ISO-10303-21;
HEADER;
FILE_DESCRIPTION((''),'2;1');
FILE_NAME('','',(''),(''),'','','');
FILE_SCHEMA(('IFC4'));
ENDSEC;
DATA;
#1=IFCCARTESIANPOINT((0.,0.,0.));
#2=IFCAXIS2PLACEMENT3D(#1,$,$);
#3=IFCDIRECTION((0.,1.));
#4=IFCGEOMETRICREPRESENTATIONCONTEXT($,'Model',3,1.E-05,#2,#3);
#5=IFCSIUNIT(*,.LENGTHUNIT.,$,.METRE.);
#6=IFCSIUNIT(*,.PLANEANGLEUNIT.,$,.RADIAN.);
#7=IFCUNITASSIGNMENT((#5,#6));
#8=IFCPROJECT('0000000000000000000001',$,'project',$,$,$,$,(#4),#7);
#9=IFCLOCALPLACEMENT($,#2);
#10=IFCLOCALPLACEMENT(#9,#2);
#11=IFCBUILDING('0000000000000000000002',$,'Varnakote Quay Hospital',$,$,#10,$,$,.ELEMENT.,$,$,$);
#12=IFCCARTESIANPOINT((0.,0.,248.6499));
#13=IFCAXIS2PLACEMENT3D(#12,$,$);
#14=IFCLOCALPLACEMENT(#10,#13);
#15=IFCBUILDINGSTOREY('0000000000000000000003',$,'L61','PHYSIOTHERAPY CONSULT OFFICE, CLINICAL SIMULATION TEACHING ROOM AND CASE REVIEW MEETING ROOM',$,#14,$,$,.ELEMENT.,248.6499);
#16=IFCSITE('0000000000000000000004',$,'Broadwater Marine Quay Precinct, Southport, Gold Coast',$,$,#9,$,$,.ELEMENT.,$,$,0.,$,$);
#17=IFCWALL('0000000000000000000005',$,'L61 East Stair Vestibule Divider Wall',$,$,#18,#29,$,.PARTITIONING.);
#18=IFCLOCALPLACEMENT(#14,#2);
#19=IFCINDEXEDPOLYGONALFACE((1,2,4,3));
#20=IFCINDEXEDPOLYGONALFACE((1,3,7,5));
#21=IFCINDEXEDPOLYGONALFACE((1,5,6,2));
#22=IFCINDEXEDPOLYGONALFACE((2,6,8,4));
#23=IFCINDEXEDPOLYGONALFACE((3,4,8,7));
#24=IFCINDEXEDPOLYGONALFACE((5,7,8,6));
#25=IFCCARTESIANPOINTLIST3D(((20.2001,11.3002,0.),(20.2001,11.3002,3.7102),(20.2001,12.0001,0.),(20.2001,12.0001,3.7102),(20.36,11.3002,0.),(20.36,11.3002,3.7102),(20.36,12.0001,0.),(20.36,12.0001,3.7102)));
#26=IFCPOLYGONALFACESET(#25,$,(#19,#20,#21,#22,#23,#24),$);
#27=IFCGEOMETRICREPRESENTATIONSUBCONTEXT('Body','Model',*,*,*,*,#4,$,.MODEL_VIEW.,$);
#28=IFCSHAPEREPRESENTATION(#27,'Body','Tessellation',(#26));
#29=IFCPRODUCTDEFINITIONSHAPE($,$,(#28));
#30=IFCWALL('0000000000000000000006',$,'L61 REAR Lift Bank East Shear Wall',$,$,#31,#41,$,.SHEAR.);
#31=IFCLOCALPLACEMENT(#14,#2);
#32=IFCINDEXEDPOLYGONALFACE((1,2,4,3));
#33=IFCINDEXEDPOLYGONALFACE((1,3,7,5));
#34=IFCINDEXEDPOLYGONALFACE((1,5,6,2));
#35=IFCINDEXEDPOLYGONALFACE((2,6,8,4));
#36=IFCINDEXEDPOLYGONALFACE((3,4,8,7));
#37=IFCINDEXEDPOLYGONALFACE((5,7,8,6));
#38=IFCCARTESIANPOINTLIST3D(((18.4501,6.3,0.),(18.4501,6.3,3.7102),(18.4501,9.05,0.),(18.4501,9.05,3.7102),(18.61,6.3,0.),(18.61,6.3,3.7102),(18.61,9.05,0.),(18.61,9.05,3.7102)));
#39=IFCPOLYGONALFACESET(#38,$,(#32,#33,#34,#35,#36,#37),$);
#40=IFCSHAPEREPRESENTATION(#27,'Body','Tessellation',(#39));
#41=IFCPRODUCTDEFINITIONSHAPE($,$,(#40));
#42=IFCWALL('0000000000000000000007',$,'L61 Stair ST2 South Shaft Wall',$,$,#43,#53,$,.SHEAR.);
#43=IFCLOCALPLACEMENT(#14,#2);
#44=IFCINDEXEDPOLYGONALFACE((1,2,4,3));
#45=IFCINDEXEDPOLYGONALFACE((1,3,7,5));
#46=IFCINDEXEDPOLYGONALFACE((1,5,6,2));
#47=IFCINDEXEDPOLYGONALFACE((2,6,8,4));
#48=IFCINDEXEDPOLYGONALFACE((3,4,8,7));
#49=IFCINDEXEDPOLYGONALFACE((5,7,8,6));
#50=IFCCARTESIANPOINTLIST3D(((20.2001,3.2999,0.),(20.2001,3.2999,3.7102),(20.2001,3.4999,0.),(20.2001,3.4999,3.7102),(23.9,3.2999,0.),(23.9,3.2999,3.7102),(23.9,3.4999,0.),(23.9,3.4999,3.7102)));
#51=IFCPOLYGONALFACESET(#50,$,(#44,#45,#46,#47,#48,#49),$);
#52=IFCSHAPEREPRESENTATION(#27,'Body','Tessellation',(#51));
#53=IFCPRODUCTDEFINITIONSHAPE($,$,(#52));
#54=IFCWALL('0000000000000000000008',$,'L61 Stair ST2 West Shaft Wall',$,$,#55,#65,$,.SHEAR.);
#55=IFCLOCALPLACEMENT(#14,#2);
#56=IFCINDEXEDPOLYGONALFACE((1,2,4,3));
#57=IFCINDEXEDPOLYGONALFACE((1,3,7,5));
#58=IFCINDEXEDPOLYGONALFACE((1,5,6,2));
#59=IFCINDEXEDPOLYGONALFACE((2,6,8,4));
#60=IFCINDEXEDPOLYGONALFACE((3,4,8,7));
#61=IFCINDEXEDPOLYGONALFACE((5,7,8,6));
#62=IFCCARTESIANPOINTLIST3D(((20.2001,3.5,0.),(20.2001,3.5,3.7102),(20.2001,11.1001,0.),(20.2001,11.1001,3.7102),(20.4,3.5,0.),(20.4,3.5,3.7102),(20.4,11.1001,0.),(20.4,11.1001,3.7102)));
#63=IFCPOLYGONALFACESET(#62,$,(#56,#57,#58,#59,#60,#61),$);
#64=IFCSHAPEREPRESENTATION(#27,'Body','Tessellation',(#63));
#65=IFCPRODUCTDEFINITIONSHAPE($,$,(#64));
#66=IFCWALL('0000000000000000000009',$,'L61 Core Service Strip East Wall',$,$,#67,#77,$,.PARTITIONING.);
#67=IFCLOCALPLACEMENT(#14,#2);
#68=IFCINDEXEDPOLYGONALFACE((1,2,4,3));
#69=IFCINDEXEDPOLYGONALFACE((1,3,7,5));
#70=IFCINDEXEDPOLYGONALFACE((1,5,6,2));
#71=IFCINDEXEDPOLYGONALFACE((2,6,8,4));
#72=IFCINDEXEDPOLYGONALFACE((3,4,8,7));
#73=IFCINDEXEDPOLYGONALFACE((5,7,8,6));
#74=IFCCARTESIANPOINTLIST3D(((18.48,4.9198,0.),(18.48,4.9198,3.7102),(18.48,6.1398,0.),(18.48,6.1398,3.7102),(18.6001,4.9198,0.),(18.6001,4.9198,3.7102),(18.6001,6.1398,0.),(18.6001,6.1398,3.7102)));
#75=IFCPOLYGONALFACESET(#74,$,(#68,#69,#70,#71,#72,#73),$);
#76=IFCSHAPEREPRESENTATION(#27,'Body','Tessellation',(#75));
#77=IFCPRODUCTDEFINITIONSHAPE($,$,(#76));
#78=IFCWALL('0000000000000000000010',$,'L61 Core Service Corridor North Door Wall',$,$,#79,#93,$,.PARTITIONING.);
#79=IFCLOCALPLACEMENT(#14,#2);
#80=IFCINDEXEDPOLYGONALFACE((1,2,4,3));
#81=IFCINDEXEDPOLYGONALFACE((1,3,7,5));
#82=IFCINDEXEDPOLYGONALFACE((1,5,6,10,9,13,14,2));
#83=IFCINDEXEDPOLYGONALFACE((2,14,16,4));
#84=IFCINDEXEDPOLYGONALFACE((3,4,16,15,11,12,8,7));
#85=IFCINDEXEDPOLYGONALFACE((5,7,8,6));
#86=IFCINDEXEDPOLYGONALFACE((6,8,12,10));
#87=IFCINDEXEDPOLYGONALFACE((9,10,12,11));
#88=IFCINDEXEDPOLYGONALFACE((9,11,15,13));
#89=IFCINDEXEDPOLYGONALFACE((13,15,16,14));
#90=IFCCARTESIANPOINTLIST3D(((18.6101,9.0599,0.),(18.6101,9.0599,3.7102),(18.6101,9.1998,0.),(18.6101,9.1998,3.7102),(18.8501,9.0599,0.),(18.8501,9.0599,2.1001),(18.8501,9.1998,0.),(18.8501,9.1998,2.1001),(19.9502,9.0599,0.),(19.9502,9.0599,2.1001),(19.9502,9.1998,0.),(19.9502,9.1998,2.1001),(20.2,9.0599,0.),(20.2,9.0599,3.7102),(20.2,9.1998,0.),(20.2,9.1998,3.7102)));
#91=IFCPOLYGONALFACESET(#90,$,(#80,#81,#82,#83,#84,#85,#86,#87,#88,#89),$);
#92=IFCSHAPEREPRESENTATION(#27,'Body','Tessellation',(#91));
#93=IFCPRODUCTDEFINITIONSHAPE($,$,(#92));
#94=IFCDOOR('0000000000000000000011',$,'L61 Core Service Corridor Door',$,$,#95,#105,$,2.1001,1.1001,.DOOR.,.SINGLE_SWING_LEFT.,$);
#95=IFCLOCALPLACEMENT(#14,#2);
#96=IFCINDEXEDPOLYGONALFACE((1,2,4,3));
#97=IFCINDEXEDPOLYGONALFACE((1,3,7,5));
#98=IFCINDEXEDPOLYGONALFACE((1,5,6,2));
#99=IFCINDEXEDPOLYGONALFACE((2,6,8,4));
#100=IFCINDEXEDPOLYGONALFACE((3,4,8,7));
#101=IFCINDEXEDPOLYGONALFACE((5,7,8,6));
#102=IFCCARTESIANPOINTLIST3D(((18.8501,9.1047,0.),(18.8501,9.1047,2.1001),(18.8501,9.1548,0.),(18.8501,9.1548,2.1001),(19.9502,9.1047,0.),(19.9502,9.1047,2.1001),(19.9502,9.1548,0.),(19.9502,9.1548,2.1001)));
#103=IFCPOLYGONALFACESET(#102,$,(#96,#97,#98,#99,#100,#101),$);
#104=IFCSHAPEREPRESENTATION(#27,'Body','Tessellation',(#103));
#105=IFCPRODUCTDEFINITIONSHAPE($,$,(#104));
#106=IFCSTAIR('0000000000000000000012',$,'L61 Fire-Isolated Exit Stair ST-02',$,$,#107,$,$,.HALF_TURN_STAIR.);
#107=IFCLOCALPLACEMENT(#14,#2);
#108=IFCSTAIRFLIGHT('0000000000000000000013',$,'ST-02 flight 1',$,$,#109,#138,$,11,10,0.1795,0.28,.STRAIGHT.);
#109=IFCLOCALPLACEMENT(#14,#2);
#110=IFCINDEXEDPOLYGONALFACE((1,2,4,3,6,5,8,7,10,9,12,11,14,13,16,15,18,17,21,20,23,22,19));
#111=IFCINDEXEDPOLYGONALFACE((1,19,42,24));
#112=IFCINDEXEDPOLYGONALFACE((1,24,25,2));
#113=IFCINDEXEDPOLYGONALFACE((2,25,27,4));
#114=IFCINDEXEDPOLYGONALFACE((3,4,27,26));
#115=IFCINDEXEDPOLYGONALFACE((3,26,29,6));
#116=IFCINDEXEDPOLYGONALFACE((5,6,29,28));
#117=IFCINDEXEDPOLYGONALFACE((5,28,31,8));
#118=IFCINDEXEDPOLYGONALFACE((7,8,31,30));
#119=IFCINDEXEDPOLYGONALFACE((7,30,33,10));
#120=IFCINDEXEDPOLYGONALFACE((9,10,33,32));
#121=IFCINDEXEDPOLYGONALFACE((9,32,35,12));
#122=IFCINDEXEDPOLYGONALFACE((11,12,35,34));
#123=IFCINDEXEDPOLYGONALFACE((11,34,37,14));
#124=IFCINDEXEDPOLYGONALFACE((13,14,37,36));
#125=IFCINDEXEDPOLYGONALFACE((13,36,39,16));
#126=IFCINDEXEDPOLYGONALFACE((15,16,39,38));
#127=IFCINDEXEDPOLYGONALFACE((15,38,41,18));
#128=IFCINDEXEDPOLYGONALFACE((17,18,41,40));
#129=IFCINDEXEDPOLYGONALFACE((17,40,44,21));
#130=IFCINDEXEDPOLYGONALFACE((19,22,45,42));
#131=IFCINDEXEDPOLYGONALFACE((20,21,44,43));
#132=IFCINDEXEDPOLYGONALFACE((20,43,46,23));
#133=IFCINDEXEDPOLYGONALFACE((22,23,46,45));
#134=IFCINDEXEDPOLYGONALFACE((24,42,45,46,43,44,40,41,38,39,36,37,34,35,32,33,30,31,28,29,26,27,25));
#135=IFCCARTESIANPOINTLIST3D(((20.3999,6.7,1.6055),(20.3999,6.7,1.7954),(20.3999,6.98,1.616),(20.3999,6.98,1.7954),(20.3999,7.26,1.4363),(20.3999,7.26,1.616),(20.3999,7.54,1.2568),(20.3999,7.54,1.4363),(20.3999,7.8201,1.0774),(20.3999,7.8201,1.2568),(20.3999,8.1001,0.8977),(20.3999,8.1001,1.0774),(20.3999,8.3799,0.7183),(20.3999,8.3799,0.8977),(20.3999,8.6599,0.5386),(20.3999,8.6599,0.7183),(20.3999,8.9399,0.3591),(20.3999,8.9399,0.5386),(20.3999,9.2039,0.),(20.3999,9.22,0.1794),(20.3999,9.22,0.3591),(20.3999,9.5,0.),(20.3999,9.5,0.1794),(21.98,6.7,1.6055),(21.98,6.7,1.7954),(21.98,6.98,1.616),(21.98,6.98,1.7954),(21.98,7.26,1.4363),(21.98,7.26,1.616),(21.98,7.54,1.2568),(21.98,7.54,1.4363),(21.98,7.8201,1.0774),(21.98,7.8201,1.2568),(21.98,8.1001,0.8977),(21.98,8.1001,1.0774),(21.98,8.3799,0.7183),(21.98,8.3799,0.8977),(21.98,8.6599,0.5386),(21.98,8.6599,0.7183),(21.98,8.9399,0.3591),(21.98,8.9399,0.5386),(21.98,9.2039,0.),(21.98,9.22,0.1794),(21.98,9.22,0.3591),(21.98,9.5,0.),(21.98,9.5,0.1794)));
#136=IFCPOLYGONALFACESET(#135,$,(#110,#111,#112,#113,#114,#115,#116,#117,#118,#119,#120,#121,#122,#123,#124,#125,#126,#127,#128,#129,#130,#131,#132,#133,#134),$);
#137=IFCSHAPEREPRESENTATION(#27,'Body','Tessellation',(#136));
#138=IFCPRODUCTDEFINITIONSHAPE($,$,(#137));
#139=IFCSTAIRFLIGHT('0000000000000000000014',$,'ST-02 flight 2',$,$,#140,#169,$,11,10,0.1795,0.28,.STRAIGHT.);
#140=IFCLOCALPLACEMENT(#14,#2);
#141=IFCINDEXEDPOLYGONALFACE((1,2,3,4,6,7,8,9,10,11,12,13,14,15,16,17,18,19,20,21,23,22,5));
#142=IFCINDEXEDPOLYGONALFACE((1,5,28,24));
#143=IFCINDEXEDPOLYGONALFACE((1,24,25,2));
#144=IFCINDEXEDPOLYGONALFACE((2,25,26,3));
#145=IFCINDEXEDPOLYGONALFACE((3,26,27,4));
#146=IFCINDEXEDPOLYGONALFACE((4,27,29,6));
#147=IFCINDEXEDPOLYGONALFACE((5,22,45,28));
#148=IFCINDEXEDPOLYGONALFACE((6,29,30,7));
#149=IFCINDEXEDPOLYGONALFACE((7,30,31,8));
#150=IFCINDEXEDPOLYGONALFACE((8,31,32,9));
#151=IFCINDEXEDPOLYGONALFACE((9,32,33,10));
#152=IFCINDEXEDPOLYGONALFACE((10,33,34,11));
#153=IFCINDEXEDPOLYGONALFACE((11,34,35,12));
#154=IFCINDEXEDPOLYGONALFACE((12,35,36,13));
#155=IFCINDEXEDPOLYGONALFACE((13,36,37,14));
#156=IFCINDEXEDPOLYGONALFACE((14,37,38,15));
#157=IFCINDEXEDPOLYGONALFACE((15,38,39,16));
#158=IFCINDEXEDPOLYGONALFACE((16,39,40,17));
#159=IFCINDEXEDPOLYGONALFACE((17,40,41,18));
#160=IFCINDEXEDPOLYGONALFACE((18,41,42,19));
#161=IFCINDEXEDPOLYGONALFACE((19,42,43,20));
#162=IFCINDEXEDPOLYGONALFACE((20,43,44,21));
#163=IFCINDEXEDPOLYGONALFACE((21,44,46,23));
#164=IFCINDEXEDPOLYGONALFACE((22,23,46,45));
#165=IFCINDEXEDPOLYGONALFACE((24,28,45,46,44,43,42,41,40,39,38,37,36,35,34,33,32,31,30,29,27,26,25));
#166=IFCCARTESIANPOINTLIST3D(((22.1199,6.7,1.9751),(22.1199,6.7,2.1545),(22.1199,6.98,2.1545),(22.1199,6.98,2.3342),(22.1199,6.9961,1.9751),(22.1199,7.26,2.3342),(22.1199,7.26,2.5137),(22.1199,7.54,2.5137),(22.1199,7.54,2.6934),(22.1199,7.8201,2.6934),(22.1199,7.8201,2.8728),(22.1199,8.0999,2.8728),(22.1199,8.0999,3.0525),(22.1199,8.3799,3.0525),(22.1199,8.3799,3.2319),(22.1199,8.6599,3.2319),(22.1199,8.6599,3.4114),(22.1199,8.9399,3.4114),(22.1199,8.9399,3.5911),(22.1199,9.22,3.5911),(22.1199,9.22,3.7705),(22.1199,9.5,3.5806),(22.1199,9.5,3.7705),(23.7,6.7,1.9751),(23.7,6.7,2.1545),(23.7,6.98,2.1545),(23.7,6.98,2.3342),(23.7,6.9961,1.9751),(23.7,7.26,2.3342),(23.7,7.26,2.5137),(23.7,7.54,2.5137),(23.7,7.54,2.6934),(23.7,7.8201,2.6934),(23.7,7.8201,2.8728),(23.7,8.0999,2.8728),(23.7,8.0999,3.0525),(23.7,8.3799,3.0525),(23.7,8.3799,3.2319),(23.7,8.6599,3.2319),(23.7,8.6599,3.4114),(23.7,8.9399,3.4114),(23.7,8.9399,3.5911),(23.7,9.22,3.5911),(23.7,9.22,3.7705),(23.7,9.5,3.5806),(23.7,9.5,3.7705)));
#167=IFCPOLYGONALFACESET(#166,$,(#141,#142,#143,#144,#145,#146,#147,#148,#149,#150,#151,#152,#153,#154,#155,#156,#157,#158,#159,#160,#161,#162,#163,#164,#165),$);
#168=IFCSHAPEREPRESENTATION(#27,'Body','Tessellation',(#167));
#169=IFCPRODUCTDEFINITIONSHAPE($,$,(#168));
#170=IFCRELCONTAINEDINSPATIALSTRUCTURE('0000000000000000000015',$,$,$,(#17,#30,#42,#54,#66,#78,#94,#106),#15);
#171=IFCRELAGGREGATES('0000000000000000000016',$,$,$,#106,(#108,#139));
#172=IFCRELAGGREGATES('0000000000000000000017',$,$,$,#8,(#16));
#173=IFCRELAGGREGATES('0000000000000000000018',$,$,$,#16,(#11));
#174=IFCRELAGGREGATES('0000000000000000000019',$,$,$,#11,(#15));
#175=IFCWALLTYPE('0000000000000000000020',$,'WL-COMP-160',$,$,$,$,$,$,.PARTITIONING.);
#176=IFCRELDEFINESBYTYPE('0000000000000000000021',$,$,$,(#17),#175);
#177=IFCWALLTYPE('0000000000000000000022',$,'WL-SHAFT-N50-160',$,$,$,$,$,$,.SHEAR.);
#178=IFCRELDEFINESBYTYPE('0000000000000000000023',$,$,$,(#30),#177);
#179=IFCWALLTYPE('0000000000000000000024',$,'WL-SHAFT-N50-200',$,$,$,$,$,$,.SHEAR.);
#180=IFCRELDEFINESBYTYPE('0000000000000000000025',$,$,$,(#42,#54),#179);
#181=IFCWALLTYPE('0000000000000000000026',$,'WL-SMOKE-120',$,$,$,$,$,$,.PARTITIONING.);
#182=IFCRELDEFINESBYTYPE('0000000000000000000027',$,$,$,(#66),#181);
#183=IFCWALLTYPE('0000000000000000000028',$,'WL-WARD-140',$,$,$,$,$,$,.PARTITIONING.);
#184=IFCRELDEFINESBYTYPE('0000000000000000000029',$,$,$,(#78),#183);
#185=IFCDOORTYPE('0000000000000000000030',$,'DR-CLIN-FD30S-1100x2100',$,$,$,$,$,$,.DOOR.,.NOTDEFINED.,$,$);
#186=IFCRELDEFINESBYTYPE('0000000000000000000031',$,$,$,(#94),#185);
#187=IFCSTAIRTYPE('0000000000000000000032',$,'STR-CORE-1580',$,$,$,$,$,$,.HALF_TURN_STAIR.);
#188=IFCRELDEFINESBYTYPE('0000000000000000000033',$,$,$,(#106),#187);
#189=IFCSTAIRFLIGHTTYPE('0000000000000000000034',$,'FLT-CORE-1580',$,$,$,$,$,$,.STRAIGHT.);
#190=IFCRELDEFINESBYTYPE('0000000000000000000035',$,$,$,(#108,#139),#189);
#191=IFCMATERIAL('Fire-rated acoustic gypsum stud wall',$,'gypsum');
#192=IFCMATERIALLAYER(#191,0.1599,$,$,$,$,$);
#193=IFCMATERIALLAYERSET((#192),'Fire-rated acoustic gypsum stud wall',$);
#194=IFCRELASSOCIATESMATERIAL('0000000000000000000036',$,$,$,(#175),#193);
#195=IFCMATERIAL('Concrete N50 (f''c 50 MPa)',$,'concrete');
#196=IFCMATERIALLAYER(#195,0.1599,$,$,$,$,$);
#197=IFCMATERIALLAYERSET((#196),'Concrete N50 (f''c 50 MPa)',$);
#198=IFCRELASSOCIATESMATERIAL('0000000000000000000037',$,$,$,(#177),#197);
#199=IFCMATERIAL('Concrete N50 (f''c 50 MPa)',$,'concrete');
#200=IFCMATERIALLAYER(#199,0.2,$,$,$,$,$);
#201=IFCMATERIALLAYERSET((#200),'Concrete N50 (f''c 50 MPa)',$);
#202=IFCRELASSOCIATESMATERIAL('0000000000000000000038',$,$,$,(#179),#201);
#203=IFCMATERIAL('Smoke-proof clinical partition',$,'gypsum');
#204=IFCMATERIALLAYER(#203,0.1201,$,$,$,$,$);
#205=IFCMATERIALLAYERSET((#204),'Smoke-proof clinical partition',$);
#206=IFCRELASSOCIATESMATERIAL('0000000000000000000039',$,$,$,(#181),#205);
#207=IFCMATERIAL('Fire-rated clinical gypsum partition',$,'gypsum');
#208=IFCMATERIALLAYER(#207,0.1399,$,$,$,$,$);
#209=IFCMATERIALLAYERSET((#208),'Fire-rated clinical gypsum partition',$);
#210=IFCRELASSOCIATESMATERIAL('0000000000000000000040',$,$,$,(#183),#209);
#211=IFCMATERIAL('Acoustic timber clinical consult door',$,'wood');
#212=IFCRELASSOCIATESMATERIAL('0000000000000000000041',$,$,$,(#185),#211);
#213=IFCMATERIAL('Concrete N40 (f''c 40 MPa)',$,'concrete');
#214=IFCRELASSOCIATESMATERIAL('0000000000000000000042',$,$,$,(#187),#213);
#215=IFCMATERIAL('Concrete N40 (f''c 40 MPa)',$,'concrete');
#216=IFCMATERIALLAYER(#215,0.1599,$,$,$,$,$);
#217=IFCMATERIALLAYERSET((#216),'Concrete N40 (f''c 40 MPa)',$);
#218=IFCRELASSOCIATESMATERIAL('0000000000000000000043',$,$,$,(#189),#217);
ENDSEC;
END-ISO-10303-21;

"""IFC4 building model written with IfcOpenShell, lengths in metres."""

from ifc_helpers import new_model, si_unit, direction, frame, frame_2d, origin, place, context, subcontext, project, spatial, polyline, rectangle, outline, extrude, material, layer, layer_set, type_object, element, fill, aggregate, save


model = new_model("IFC4")

# Units and contexts
model_context = context("Model", 3, precision=1e-05, world=origin(), true_north=direction((0.0, 1.0)))
body_context = subcontext(model_context, "Body", "Model", "MODEL_VIEW")
ifc_project = project(units=[si_unit("LENGTHUNIT", "METRE"), si_unit("PLANEANGLEUNIT", "RADIAN")], contexts=[model_context])

# Site, building, storey
site_placement = place(None, origin())
site = spatial("IfcSite", under=ifc_project, at=site_placement, Name="Broadwater Marine Quay Precinct, Southport, Gold Coast", CompositionType="ELEMENT", RefElevation=0.0)
building_placement = place(site_placement, origin())
building = spatial("IfcBuilding", under=site, at=building_placement, Name="Varnakote Quay Hospital", CompositionType="ELEMENT")
storey_placement = place(building_placement, frame((0.0, 0.0, 248.6499)))
storey = spatial("IfcBuildingStorey", under=building, at=storey_placement, Name="L61", Description="PHYSIOTHERAPY CONSULT OFFICE, CLINICAL SIMULATION TEACHING ROOM AND CASE REVIEW MEETING ROOM", CompositionType="ELEMENT", Elevation=248.6499)

# Walls
ifc_material_1 = material(Name="Fire-rated acoustic gypsum stud wall", Category="gypsum")
ifc_layer_1 = layer(ifc_material_1, 0.1599)
ifc_layer_set_1 = layer_set([ifc_layer_1], Name="Fire-rated acoustic gypsum stud wall")
wall_type_1 = type_object("IfcWallType", Name="WL-COMP-160", PredefinedType="PARTITIONING", material=ifc_layer_set_1)
wall_1_placement = place(storey_placement, frame((20.28, 11.3, 0.0), z_axis=(0.0, 0.0, 1.0), x_axis=(0.0, 1.0, 0.0)))
element("IfcWall", 1, at=wall_1_placement, inside=storey, type_object=wall_type_1, Name="L61 East Stair Vestibule Divider Wall", PredefinedType="PARTITIONING", context=body_context, shape_type="SweptSolid", body=[
    extrude(rectangle(XDim=0.7, YDim=0.1599, at=frame_2d((0.3501, 0.0))), origin(), (0.0, 0.0, 1.0), 3.7102),
])
ifc_material_2 = material(Name="Concrete N50 (f'c 50 MPa)", Category="concrete")
ifc_layer_2 = layer(ifc_material_2, 0.1599)
ifc_layer_set_2 = layer_set([ifc_layer_2], Name="Concrete N50 (f'c 50 MPa)")
wall_type_2 = type_object("IfcWallType", Name="WL-SHAFT-N50-160", PredefinedType="SHEAR", material=ifc_layer_set_2)
wall_2_placement = place(storey_placement, frame((18.53, 6.3, 0.0), z_axis=(0.0, 0.0, 1.0), x_axis=(0.0, 1.0, 0.0)))
element("IfcWall", 2, at=wall_2_placement, inside=storey, type_object=wall_type_2, Name="L61 REAR Lift Bank East Shear Wall", PredefinedType="SHEAR", context=body_context, shape_type="SweptSolid", body=[
    extrude(rectangle(XDim=2.75, YDim=0.1599, at=frame_2d((1.375, 0.0))), origin(), (0.0, 0.0, 1.0), 3.7102),
])

# Walls
ifc_material_3 = material(Name="Concrete N50 (f'c 50 MPa)", Category="concrete")
ifc_layer_3 = layer(ifc_material_3, 0.2)
ifc_layer_set_3 = layer_set([ifc_layer_3], Name="Concrete N50 (f'c 50 MPa)")
wall_type_3 = type_object("IfcWallType", Name="WL-SHAFT-N50-200", PredefinedType="SHEAR", material=ifc_layer_set_3)
wall_3_placement = place(storey_placement, frame((20.2, 3.3999, 0.0), z_axis=(0.0, 0.0, 1.0), x_axis=(1.0, 0.0, 0.0)))
element("IfcWall", 3, at=wall_3_placement, inside=storey, type_object=wall_type_3, Name="L61 Stair ST2 South Shaft Wall", PredefinedType="SHEAR", context=body_context, shape_type="SweptSolid", body=[
    extrude(rectangle(XDim=3.7, YDim=0.2, at=frame_2d((1.8501, 0.0))), origin(), (0.0, 0.0, 1.0), 3.7102),
])
wall_4_placement = place(storey_placement, frame((20.3, 3.5, 0.0), z_axis=(0.0, 0.0, 1.0), x_axis=(0.0, 1.0, 0.0)))
element("IfcWall", 4, at=wall_4_placement, inside=storey, type_object=wall_type_3, Name="L61 Stair ST2 West Shaft Wall", PredefinedType="SHEAR", context=body_context, shape_type="SweptSolid", body=[
    extrude(rectangle(XDim=7.6001, YDim=0.2, at=frame_2d((3.8, 0.0))), origin(), (0.0, 0.0, 1.0), 3.7102),
])

# Wall
ifc_material_4 = material(Name="Smoke-proof clinical partition", Category="gypsum")
ifc_layer_4 = layer(ifc_material_4, 0.1201)
ifc_layer_set_4 = layer_set([ifc_layer_4], Name="Smoke-proof clinical partition")
wall_type_4 = type_object("IfcWallType", Name="WL-SMOKE-120", PredefinedType="PARTITIONING", material=ifc_layer_set_4)
wall_5_placement = place(storey_placement, frame((18.54, 4.9199, 0.0), z_axis=(0.0, 0.0, 1.0), x_axis=(0.0, 1.0, 0.0)))
element("IfcWall", 5, at=wall_5_placement, inside=storey, type_object=wall_type_4, Name="L61 Core Service Strip East Wall", PredefinedType="PARTITIONING", context=body_context, shape_type="SweptSolid", body=[
    extrude(rectangle(XDim=1.22, YDim=0.1201, at=frame_2d((0.6099, 0.0))), origin(), (0.0, 0.0, 1.0), 3.7102),
])

# Wall, opening, door
ifc_material_5 = material(Name="Fire-rated clinical gypsum partition", Category="gypsum")
ifc_layer_5 = layer(ifc_material_5, 0.1399)
ifc_layer_set_5 = layer_set([ifc_layer_5], Name="Fire-rated clinical gypsum partition")
wall_type_5 = type_object("IfcWallType", Name="WL-WARD-140", PredefinedType="PARTITIONING", material=ifc_layer_set_5)
wall_6_placement = place(storey_placement, frame((18.6101, 9.1299, 0.0), z_axis=(0.0, 0.0, 1.0), x_axis=(1.0, 0.0, 0.0)))
wall_6 = element("IfcWall", 6, at=wall_6_placement, inside=storey, type_object=wall_type_5, Name="L61 Core Service Corridor North Door Wall", PredefinedType="PARTITIONING", context=body_context, shape_type="SweptSolid", body=[
    extrude(rectangle(XDim=1.5898, YDim=0.1399, at=frame_2d((0.7949, 0.0))), origin(), (0.0, 0.0, 1.0), 3.7102),
])
opening_1_placement = place(wall_6_placement, frame((0.24, 0.0, 0.0)))
opening_1 = element("IfcOpeningElement", 7, at=opening_1_placement, cuts=wall_6, PredefinedType="OPENING", context=body_context, shape_type="SweptSolid", body=[
    extrude(rectangle(XDim=1.1001, YDim=2.1001, at=frame_2d((0.55, 1.05))), frame((0.0, 0.0798, 0.0), z_axis=(0.0, -1.0, 0.0), x_axis=(1.0, 0.0, 0.0)), (0.0, 0.0, 1.0), 0.1599),
])
ifc_material_6 = material(Name="Acoustic timber clinical consult door", Category="wood")
door_type_1 = type_object("IfcDoorType", Name="DR-CLIN-FD30S-1100x2100", OperationType="NOTDEFINED", PredefinedType="DOOR", material=ifc_material_6)
door_1_placement = place(opening_1_placement, origin())
door_1 = element("IfcDoor", 8, at=door_1_placement, inside=storey, type_object=door_type_1, Name="L61 Core Service Corridor Door", OperationType="SINGLE_SWING_LEFT", OverallHeight=2.1001, OverallWidth=1.1001, PredefinedType="DOOR", context=body_context, shape_type="SweptSolid", body=[
    extrude(rectangle(XDim=1.1001, YDim=2.1001, at=frame_2d((0.55, 1.05))), frame((0.0, 0.0249, 0.0), z_axis=(0.0, -1.0, 0.0), x_axis=(1.0, 0.0, 0.0)), (0.0, 0.0, 1.0), 0.05),
])
fill(opening_1, door_1)

# Stair, stair flights
ifc_material_7 = material(Name="Concrete N40 (f'c 40 MPa)", Category="concrete")
stair_type = type_object("IfcStairType", Name="STR-CORE-1580", PredefinedType="HALF_TURN_STAIR", material=ifc_material_7)
stair_placement = place(storey_placement, origin())
stair = element("IfcStair", 9, at=stair_placement, inside=storey, type_object=stair_type, Name="L61 Fire-Isolated Exit Stair ST-02", PredefinedType="HALF_TURN_STAIR")
ifc_material_8 = material(Name="Concrete N40 (f'c 40 MPa)", Category="concrete")
ifc_layer_6 = layer(ifc_material_8, 0.1599)
ifc_layer_set_6 = layer_set([ifc_layer_6], Name="Concrete N40 (f'c 40 MPa)")
stair_flight_type = type_object("IfcStairFlightType", Name="FLT-CORE-1580", PredefinedType="STRAIGHT", material=ifc_layer_set_6)
stair_flight_1_placement = place(storey_placement, frame((21.1899, 9.5, 0.0), z_axis=(0.0, 0.0, 1.0), x_axis=(0.0, -1.0, 0.0)))
stair_flight_1 = element("IfcStairFlight", 10, at=stair_flight_1_placement, type_object=stair_flight_type, Name="ST-02 flight 1", NumberOfRisers=11, NumberOfTreads=10, PredefinedType="STRAIGHT", RiserHeight=0.1795, TreadLength=0.28, context=body_context, shape_type="SweptSolid", body=[
    extrude(outline(polyline([(0.0, 0.0), (0.0, 0.1794), (0.28, 0.1794), (0.28, 0.3591), (0.5601, 0.3591), (0.5601, 0.5386), (0.8401, 0.5386), (0.8401, 0.7183), (1.1201, 0.7183), (1.1201, 0.8977), (1.3999, 0.8977), (1.3999, 1.0774), (1.6799, 1.0774), (1.6799, 1.2568), (1.96, 1.2568), (1.96, 1.4363), (2.24, 1.4363), (2.24, 1.616), (2.52, 1.616), (2.52, 1.7954), (2.8, 1.7954), (2.8, 1.9751), (2.8, 1.6055), (0.2961, 0.0), (0.0, 0.0)])), frame((0.0, 0.79, 0.0), z_axis=(0.0, -1.0, 0.0), x_axis=(1.0, 0.0, 0.0)), (0.0, 0.0, 1.0), 1.5801),
])
stair_flight_2_placement = place(storey_placement, frame((22.9099, 6.7, 1.9751), z_axis=(0.0, 0.0, 1.0), x_axis=(0.0, 1.0, 0.0)))
stair_flight_2 = element("IfcStairFlight", 11, at=stair_flight_2_placement, type_object=stair_flight_type, Name="ST-02 flight 2", NumberOfRisers=11, NumberOfTreads=10, PredefinedType="STRAIGHT", RiserHeight=0.1795, TreadLength=0.28, context=body_context, shape_type="SweptSolid", body=[
    extrude(outline(polyline([(0.0, 0.0), (0.0, 0.1794), (0.28, 0.1794), (0.28, 0.3591), (0.5601, 0.3591), (0.5601, 0.5386), (0.8401, 0.5386), (0.8401, 0.7183), (1.1201, 0.7183), (1.1201, 0.8977), (1.3999, 0.8977), (1.3999, 1.0774), (1.6799, 1.0774), (1.6799, 1.2568), (1.96, 1.2568), (1.96, 1.4363), (2.24, 1.4363), (2.24, 1.616), (2.52, 1.616), (2.52, 1.7954), (2.8, 1.7954), (2.8, 1.9751), (2.8, 1.6055), (0.2961, 0.0), (0.0, 0.0)])), frame((0.0, 0.79, 0.0), z_axis=(0.0, -1.0, 0.0), x_axis=(1.0, 0.0, 0.0)), (0.0, 0.0, 1.0), 1.5801),
])
aggregate(stair, [stair_flight_1, stair_flight_2])

save(model, "model.ifc")
